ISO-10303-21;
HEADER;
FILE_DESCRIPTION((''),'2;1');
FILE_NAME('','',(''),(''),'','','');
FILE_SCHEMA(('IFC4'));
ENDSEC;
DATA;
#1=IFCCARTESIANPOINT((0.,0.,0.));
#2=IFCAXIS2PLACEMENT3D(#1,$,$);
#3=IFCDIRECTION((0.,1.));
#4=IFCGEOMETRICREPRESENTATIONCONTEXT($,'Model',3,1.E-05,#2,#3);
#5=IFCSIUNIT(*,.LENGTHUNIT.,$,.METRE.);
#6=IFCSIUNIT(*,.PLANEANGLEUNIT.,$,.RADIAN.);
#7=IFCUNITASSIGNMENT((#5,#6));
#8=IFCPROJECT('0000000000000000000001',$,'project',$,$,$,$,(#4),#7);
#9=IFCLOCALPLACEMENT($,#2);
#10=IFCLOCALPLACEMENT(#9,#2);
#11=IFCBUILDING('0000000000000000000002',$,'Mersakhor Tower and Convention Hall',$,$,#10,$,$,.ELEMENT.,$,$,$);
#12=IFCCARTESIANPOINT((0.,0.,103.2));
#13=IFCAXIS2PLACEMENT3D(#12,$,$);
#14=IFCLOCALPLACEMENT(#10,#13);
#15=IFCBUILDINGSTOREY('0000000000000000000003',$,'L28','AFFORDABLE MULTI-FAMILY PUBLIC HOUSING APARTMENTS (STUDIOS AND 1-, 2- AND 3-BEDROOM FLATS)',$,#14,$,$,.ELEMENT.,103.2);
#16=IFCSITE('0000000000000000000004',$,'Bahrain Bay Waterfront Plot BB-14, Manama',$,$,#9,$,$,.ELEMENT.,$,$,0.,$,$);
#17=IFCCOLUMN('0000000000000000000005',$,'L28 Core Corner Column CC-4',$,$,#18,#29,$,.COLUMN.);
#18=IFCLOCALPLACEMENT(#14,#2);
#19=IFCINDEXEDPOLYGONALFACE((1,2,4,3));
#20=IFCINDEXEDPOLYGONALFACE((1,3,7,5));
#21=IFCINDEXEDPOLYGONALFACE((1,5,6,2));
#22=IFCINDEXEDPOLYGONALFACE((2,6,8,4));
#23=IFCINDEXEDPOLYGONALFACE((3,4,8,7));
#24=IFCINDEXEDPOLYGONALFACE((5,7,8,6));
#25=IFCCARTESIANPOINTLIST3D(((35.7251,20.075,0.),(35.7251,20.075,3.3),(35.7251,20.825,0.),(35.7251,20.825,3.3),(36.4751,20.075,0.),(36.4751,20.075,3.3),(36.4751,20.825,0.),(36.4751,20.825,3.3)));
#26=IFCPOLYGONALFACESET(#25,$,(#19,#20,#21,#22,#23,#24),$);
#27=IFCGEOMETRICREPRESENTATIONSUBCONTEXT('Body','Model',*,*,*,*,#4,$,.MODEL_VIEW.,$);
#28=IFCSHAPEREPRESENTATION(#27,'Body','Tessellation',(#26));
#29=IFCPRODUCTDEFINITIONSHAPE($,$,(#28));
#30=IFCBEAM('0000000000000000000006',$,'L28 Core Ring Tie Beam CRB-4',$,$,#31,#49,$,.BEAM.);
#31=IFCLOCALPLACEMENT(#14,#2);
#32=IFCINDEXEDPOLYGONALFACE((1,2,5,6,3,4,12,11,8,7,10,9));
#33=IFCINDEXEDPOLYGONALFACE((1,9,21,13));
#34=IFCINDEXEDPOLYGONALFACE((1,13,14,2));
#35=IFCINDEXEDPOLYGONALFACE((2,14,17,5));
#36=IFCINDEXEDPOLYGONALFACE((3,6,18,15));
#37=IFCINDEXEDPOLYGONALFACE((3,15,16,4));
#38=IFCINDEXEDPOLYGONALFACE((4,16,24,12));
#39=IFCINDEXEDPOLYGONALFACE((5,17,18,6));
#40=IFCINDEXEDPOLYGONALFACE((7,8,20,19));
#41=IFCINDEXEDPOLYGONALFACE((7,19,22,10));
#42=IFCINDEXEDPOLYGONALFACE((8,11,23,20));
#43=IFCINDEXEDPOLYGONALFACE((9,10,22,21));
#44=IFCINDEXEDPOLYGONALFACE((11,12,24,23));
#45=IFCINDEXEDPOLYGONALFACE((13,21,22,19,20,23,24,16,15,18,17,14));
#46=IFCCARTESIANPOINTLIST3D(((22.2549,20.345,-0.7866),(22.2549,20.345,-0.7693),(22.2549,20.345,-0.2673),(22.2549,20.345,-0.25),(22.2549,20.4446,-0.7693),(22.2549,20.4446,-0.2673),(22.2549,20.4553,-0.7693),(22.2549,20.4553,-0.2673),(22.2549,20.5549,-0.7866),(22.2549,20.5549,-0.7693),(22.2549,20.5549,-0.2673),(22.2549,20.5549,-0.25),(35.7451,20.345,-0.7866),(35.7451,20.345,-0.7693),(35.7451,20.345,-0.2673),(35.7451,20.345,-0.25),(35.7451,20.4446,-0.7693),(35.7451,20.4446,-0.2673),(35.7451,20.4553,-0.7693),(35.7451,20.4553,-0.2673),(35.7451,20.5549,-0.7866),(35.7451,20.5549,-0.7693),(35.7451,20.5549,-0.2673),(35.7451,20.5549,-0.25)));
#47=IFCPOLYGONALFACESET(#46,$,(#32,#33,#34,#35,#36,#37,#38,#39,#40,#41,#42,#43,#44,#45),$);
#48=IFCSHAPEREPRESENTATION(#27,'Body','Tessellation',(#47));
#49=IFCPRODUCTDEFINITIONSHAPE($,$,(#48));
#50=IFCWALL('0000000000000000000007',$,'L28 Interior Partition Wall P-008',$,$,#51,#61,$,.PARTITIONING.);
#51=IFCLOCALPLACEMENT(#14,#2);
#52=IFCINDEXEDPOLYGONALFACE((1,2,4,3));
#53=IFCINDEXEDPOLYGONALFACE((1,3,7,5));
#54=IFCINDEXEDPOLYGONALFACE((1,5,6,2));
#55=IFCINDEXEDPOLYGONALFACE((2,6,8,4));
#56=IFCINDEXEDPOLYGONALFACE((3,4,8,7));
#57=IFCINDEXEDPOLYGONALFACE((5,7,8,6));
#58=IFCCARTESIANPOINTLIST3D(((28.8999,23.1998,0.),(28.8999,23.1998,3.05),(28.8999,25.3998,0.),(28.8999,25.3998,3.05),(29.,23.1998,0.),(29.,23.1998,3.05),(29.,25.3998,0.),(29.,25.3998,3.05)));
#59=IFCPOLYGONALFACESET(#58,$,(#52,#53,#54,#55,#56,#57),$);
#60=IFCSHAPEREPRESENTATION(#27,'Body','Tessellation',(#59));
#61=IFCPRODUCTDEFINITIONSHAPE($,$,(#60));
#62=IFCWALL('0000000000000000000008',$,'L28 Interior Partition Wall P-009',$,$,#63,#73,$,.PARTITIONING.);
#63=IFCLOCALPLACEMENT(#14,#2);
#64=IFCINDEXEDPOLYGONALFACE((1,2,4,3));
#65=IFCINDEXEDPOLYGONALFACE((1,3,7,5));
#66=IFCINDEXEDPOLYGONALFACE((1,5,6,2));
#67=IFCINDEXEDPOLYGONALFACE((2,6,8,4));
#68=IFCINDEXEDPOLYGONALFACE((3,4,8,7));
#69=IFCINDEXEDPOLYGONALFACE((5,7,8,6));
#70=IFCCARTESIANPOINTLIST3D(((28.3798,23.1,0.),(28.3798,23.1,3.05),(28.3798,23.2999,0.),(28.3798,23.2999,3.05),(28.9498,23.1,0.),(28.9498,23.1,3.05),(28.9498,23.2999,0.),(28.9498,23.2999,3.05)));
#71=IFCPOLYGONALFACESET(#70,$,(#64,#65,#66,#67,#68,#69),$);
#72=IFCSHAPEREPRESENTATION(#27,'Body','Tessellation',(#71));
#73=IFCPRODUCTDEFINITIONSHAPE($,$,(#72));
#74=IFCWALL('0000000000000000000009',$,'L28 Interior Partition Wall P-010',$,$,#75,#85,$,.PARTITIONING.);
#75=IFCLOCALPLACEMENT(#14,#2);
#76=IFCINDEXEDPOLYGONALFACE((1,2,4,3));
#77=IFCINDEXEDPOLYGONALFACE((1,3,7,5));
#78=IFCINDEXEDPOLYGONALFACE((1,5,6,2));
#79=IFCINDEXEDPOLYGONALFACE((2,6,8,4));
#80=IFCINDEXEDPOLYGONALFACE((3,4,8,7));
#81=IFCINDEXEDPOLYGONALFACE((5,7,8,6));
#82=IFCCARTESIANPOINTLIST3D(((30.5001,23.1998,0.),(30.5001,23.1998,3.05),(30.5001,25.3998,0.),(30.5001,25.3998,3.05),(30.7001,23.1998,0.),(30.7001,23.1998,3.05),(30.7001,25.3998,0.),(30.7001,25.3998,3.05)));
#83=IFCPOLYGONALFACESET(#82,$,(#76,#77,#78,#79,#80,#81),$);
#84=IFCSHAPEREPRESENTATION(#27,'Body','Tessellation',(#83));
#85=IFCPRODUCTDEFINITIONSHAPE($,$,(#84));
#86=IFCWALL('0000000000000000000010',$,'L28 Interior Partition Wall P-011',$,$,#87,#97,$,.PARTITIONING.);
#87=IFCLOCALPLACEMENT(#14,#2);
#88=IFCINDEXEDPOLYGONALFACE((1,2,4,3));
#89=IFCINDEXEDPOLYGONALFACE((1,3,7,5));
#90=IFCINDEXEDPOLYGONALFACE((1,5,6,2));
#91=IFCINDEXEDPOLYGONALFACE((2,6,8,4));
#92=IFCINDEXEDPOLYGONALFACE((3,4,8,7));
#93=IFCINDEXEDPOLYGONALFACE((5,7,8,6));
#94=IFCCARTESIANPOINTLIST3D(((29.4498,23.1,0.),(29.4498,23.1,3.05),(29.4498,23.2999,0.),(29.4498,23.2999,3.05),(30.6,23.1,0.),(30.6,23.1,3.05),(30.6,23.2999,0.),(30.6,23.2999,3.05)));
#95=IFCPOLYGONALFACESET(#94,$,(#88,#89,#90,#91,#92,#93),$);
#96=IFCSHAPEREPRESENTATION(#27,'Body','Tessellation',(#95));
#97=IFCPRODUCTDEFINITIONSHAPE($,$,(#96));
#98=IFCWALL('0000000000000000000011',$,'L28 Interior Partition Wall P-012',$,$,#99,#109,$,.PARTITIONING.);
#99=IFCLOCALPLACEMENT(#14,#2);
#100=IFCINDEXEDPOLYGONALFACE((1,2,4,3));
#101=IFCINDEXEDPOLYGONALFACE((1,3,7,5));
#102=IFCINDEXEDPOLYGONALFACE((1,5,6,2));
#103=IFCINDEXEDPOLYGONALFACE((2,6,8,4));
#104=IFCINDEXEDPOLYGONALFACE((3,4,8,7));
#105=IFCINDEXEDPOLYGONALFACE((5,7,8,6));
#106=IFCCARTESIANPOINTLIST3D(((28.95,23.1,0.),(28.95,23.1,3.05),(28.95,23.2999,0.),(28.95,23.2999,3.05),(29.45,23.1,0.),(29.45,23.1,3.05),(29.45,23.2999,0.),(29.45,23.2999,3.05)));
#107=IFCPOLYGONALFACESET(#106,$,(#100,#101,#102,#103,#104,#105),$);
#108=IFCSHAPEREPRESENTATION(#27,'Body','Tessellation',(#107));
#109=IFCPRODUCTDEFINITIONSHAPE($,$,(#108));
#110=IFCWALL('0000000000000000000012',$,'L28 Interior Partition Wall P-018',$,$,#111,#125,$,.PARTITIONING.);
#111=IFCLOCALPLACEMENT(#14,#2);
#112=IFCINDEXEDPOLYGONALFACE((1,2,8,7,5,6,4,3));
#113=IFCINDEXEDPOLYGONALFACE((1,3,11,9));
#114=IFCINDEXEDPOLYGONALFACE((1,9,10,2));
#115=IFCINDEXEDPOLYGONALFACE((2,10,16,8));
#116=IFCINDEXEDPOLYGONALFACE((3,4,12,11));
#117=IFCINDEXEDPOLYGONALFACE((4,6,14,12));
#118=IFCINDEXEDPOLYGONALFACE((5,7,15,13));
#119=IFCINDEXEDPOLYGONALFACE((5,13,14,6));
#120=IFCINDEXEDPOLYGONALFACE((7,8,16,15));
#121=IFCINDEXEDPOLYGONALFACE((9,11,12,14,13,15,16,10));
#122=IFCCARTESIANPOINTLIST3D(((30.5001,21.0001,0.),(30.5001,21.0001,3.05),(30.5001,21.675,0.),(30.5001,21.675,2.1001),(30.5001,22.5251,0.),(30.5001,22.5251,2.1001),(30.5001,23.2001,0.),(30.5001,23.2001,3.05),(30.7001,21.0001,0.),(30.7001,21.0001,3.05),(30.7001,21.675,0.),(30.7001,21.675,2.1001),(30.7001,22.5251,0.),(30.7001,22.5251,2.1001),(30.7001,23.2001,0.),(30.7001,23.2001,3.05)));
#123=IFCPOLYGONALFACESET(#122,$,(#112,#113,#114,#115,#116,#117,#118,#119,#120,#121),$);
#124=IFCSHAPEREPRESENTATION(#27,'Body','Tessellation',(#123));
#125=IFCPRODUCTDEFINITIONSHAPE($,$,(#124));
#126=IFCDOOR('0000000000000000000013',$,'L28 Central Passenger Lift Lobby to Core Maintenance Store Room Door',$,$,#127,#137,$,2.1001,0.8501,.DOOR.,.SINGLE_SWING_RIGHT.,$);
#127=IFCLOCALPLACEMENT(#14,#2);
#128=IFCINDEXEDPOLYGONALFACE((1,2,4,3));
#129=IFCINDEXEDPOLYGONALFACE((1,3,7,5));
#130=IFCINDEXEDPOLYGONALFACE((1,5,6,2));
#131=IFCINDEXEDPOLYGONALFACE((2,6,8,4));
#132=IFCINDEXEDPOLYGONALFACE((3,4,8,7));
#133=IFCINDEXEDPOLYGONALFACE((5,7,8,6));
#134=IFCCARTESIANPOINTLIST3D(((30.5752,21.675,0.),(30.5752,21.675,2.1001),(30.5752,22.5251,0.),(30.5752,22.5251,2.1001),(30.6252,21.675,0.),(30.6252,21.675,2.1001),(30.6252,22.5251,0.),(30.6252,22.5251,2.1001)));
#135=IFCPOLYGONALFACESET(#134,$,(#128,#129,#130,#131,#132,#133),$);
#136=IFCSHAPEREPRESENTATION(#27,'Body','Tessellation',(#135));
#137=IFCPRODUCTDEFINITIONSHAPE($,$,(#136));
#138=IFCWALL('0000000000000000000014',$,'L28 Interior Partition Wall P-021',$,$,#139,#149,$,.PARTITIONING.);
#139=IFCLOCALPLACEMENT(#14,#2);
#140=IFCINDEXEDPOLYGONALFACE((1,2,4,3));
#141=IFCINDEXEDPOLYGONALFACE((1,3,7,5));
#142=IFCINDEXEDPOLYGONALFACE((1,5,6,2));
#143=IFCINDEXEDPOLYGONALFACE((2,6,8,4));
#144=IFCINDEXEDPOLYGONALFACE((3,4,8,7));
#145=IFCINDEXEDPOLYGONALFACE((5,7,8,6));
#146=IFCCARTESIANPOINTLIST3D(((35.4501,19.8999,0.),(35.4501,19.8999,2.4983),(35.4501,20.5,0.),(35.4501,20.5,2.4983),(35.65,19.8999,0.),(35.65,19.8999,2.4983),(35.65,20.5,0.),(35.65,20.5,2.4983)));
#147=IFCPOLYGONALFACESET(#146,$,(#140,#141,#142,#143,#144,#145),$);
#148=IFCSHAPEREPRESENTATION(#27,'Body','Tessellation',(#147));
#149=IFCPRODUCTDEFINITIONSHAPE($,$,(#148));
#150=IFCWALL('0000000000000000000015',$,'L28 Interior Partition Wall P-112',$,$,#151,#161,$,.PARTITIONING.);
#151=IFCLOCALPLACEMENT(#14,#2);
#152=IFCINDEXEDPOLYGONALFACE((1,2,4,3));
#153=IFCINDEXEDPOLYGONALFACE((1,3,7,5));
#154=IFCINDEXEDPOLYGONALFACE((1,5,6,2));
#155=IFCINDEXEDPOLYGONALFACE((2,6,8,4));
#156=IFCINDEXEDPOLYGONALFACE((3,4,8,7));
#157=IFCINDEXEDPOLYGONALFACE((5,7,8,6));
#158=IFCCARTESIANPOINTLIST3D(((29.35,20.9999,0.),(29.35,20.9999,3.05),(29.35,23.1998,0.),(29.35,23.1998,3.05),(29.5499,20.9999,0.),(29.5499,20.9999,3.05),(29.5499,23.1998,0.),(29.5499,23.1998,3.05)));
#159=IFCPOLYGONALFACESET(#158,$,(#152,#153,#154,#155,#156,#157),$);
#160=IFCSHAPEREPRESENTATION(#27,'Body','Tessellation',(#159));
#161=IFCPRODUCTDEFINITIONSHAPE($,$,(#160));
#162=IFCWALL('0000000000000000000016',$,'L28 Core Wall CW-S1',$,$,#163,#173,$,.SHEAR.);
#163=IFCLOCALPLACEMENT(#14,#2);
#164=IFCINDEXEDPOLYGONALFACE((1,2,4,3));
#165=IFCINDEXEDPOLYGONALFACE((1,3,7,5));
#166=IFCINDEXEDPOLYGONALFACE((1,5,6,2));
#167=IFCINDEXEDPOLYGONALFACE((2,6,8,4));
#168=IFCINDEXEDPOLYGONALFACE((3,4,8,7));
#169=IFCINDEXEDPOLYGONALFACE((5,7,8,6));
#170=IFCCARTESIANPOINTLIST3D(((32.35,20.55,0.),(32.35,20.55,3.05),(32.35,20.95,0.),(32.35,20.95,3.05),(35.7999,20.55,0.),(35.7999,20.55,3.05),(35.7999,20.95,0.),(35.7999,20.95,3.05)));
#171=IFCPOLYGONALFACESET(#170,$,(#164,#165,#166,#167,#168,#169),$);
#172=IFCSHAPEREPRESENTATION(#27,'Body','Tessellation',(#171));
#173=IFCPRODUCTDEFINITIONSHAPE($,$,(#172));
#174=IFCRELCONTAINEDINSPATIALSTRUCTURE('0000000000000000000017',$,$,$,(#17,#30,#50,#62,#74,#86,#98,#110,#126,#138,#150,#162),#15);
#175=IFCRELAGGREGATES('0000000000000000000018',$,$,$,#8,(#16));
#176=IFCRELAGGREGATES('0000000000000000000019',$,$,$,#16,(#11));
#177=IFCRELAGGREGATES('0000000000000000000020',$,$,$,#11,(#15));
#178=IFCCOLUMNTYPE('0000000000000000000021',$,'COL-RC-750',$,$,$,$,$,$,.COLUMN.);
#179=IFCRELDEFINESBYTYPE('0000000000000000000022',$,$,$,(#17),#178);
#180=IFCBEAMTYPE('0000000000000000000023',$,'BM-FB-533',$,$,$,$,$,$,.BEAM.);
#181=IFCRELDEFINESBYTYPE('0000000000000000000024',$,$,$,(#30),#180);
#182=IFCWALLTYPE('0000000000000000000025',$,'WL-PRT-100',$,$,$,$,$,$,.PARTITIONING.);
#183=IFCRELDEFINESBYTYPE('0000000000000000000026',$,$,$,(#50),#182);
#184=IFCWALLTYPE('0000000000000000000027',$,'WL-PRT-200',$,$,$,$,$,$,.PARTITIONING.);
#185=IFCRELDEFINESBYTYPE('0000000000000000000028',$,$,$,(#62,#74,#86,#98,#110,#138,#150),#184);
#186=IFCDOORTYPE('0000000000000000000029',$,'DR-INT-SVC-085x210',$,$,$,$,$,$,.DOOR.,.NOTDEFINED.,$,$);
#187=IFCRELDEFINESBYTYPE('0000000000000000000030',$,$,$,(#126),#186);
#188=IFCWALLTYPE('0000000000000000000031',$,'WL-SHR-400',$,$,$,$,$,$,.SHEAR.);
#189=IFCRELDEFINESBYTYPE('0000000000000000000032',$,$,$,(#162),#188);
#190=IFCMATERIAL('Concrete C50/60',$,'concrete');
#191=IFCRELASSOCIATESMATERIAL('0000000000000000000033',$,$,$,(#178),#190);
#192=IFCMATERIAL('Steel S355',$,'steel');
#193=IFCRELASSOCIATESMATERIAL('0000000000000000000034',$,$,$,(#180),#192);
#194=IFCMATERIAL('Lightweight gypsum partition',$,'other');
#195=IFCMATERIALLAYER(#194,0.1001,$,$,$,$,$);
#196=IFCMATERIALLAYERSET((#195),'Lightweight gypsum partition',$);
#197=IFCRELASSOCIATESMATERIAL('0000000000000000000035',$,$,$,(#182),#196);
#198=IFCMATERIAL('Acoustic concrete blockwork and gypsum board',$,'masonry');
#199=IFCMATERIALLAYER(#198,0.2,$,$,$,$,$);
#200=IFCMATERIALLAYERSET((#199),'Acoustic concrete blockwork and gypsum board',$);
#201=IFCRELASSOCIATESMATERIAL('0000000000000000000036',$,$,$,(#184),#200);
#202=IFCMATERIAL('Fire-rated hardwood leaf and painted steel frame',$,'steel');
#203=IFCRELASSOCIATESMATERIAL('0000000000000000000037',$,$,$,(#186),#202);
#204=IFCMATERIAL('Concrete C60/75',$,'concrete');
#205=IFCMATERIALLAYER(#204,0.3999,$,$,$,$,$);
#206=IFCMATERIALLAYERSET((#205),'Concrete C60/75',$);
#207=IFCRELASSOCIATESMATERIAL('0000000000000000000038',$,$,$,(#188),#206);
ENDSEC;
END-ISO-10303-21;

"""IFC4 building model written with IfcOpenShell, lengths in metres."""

from ifc_helpers import new_model, si_unit, direction, frame, frame_2d, origin, origin_2d, place, context, subcontext, project, spatial, rectangle, i_section, extrude, material, layer, layer_set, material_profile, profile_set, type_object, element, fill, save


model = new_model("IFC4")

# Units and contexts
model_context = context("Model", 3, precision=1e-05, world=origin(), true_north=direction((0.0, 1.0)))
body_context = subcontext(model_context, "Body", "Model", "MODEL_VIEW")
ifc_project = project(units=[si_unit("LENGTHUNIT", "METRE"), si_unit("PLANEANGLEUNIT", "RADIAN")], contexts=[model_context])

# Site, building, storey
site_placement = place(None, origin())
site = spatial("IfcSite", under=ifc_project, at=site_placement, Name="Bahrain Bay Waterfront Plot BB-14, Manama", CompositionType="ELEMENT", RefElevation=0.0)
building_placement = place(site_placement, origin())
building = spatial("IfcBuilding", under=site, at=building_placement, Name="Mersakhor Tower and Convention Hall", CompositionType="ELEMENT")
storey_placement = place(building_placement, frame((0.0, 0.0, 103.2)))
storey = spatial("IfcBuildingStorey", under=building, at=storey_placement, Name="L28", Description="AFFORDABLE MULTI-FAMILY PUBLIC HOUSING APARTMENTS (STUDIOS AND 1-, 2- AND 3-BEDROOM FLATS)", CompositionType="ELEMENT", Elevation=103.2)

# Column
ifc_material_1 = material(Name="Concrete C50/60", Category="concrete")
ifc_material_profile_1 = material_profile(ifc_material_1, rectangle(XDim=0.75, YDim=0.75, at=origin_2d()), Name="RC 750x750")
ifc_profile_set_1 = profile_set([ifc_material_profile_1], Name="Concrete C50/60")
column_type = type_object("IfcColumnType", Name="COL-RC-750", PredefinedType="COLUMN", material=ifc_profile_set_1)
column_placement = place(storey_placement, frame((36.1001, 20.45, 0.0), z_axis=(0.0, 0.0, 1.0), x_axis=(1.0, 0.0, 0.0)))
element("IfcColumn", 1, at=column_placement, inside=storey, type_object=column_type, Name="L28 Core Corner Column CC-4", PredefinedType="COLUMN", context=body_context, shape_type="SweptSolid", body=[
    extrude(rectangle(XDim=0.75, YDim=0.75, at=origin_2d()), origin(), (0.0, 0.0, 1.0), 3.3),
])

# Beam
ifc_material_2 = material(Name="Steel S355", Category="steel")
ifc_material_profile_2 = material_profile(ifc_material_2, i_section(OverallWidth=0.21, OverallDepth=0.5366, WebThickness=0.0107, FlangeThickness=0.0173, at=origin_2d()), Name="UB 533x210x101")
ifc_profile_set_2 = profile_set([ifc_material_profile_2], Name="Steel S355")
beam_type = type_object("IfcBeamType", Name="BM-FB-533", PredefinedType="BEAM", material=ifc_profile_set_2)
beam_placement = place(storey_placement, frame((35.7451, 20.45, -0.5183), z_axis=(-1.0, 0.0, 0.0), x_axis=(0.0, -1.0, 0.0)))
element("IfcBeam", 2, at=beam_placement, inside=storey, type_object=beam_type, Name="L28 Core Ring Tie Beam CRB-4", PredefinedType="BEAM", context=body_context, shape_type="SweptSolid", body=[
    extrude(i_section(OverallWidth=0.21, OverallDepth=0.5366, WebThickness=0.0107, FlangeThickness=0.0173, at=origin_2d()), origin(), (0.0, 0.0, 1.0), 13.4902),
])

# Walls
ifc_material_3 = material(Name="Lightweight gypsum partition", Category="other")
ifc_layer_1 = layer(ifc_material_3, 0.1001)
ifc_layer_set_1 = layer_set([ifc_layer_1], Name="Lightweight gypsum partition")
wall_type_1 = type_object("IfcWallType", Name="WL-PRT-100", PredefinedType="PARTITIONING", material=ifc_layer_set_1)
wall_1_placement = place(storey_placement, frame((28.95, 25.3999, 0.0), z_axis=(0.0, 0.0, 1.0), x_axis=(0.0, -1.0, 0.0)))
element("IfcWall", 3, at=wall_1_placement, inside=storey, type_object=wall_type_1, Name="L28 Interior Partition Wall P-008", PredefinedType="PARTITIONING", context=body_context, shape_type="SweptSolid", body=[
    extrude(rectangle(XDim=2.2, YDim=0.1001, at=frame_2d((1.1001, 0.0))), origin(), (0.0, 0.0, 1.0), 3.05),
])
ifc_material_4 = material(Name="Acoustic concrete blockwork and gypsum board", Category="masonry")
ifc_layer_2 = layer(ifc_material_4, 0.2)
ifc_layer_set_2 = layer_set([ifc_layer_2], Name="Acoustic concrete blockwork and gypsum board")
wall_type_2 = type_object("IfcWallType", Name="WL-PRT-200", PredefinedType="PARTITIONING", material=ifc_layer_set_2)
wall_2_placement = place(storey_placement, frame((28.95, 23.2, 0.0), z_axis=(0.0, 0.0, 1.0), x_axis=(-1.0, 0.0, 0.0)))
element("IfcWall", 4, at=wall_2_placement, inside=storey, type_object=wall_type_2, Name="L28 Interior Partition Wall P-009", PredefinedType="PARTITIONING", context=body_context, shape_type="SweptSolid", body=[
    extrude(rectangle(XDim=0.5701, YDim=0.2, at=frame_2d((0.2852, 0.0))), origin(), (0.0, 0.0, 1.0), 3.05),
])
wall_3_placement = place(storey_placement, frame((30.6001, 25.3999, 0.0), z_axis=(0.0, 0.0, 1.0), x_axis=(0.0, -1.0, 0.0)))
element("IfcWall", 5, at=wall_3_placement, inside=storey, type_object=wall_type_2, Name="L28 Interior Partition Wall P-010", PredefinedType="PARTITIONING", context=body_context, shape_type="SweptSolid", body=[
    extrude(rectangle(XDim=2.2, YDim=0.2, at=frame_2d((1.1001, 0.0))), origin(), (0.0, 0.0, 1.0), 3.05),
])
wall_4_placement = place(storey_placement, frame((30.6001, 23.2, 0.0), z_axis=(0.0, 0.0, 1.0), x_axis=(-1.0, 0.0, 0.0)))
element("IfcWall", 6, at=wall_4_placement, inside=storey, type_object=wall_type_2, Name="L28 Interior Partition Wall P-011", PredefinedType="PARTITIONING", context=body_context, shape_type="SweptSolid", body=[
    extrude(rectangle(XDim=1.1501, YDim=0.2, at=frame_2d((0.5752, 0.0))), origin(), (0.0, 0.0, 1.0), 3.05),
])
wall_5_placement = place(storey_placement, frame((29.45, 23.2, 0.0), z_axis=(0.0, 0.0, 1.0), x_axis=(-1.0, 0.0, 0.0)))
element("IfcWall", 7, at=wall_5_placement, inside=storey, type_object=wall_type_2, Name="L28 Interior Partition Wall P-012", PredefinedType="PARTITIONING", context=body_context, shape_type="SweptSolid", body=[
    extrude(rectangle(XDim=0.5, YDim=0.2, at=frame_2d((0.25, 0.0))), origin(), (0.0, 0.0, 1.0), 3.05),
])

# Wall, opening, door
wall_6_placement = place(storey_placement, frame((30.6001, 21.0, 0.0), z_axis=(0.0, 0.0, 1.0), x_axis=(0.0, 1.0, 0.0)))
wall_6 = element("IfcWall", 8, at=wall_6_placement, inside=storey, type_object=wall_type_2, Name="L28 Interior Partition Wall P-018", PredefinedType="PARTITIONING", context=body_context, shape_type="SweptSolid", body=[
    extrude(rectangle(XDim=2.2, YDim=0.2, at=frame_2d((1.1001, 0.0))), origin(), (0.0, 0.0, 1.0), 3.05),
])
opening_1_placement = place(wall_6_placement, frame((0.675, 0.0, 0.0)))
opening_1 = element("IfcOpeningElement", 9, at=opening_1_placement, cuts=wall_6, PredefinedType="OPENING", context=body_context, shape_type="SweptSolid", body=[
    extrude(rectangle(XDim=0.8501, YDim=2.1001, at=frame_2d((0.425, 1.05))), frame((0.0, 0.1099, 0.0), z_axis=(0.0, -1.0, 0.0), x_axis=(1.0, 0.0, 0.0)), (0.0, 0.0, 1.0), 0.22),
])
ifc_material_5 = material(Name="Fire-rated hardwood leaf and painted steel frame", Category="steel")
door_type_1 = type_object("IfcDoorType", Name="DR-INT-SVC-085x210", OperationType="NOTDEFINED", PredefinedType="DOOR", material=ifc_material_5)
door_1_placement = place(opening_1_placement, origin())
door_1 = element("IfcDoor", 10, at=door_1_placement, inside=storey, type_object=door_type_1, Name="L28 Central Passenger Lift Lobby to Core Maintenance Store Room Door", OperationType="SINGLE_SWING_RIGHT", OverallHeight=2.1001, OverallWidth=0.8501, PredefinedType="DOOR", context=body_context, shape_type="SweptSolid", body=[
    extrude(rectangle(XDim=0.8501, YDim=2.1001, at=frame_2d((0.425, 1.05))), frame((0.0, 0.0249, 0.0), z_axis=(0.0, -1.0, 0.0), x_axis=(1.0, 0.0, 0.0)), (0.0, 0.0, 1.0), 0.05),
])
fill(opening_1, door_1)

# Walls
wall_7_placement = place(storey_placement, frame((35.55, 20.5, 0.0), z_axis=(0.0, 0.0, 1.0), x_axis=(0.0, -1.0, 0.0)))
element("IfcWall", 11, at=wall_7_placement, inside=storey, type_object=wall_type_2, Name="L28 Interior Partition Wall P-021", PredefinedType="PARTITIONING", context=body_context, shape_type="SweptSolid", body=[
    extrude(rectangle(XDim=0.6001, YDim=0.2, at=frame_2d((0.3, 0.0))), origin(), (0.0, 0.0, 1.0), 2.4983),
])
wall_8_placement = place(storey_placement, frame((29.45, 23.2, 0.0), z_axis=(0.0, 0.0, 1.0), x_axis=(0.0, -1.0, 0.0)))
element("IfcWall", 12, at=wall_8_placement, inside=storey, type_object=wall_type_2, Name="L28 Interior Partition Wall P-112", PredefinedType="PARTITIONING", context=body_context, shape_type="SweptSolid", body=[
    extrude(rectangle(XDim=2.2, YDim=0.2, at=frame_2d((1.1001, 0.0))), origin(), (0.0, 0.0, 1.0), 3.05),
])
ifc_material_6 = material(Name="Concrete C60/75", Category="concrete")
ifc_layer_3 = layer(ifc_material_6, 0.3999)
ifc_layer_set_3 = layer_set([ifc_layer_3], Name="Concrete C60/75")
wall_type_3 = type_object("IfcWallType", Name="WL-SHR-400", PredefinedType="SHEAR", material=ifc_layer_set_3)
wall_9_placement = place(storey_placement, frame((35.8, 20.75, 0.0), z_axis=(0.0, 0.0, 1.0), x_axis=(-1.0, 0.0, 0.0)))
element("IfcWall", 13, at=wall_9_placement, inside=storey, type_object=wall_type_3, Name="L28 Core Wall CW-S1", PredefinedType="SHEAR", context=body_context, shape_type="SweptSolid", body=[
    extrude(rectangle(XDim=3.45, YDim=0.3999, at=frame_2d((1.7251, 0.0))), origin(), (0.0, 0.0, 1.0), 3.05),
])

save(model, "model.ifc")
